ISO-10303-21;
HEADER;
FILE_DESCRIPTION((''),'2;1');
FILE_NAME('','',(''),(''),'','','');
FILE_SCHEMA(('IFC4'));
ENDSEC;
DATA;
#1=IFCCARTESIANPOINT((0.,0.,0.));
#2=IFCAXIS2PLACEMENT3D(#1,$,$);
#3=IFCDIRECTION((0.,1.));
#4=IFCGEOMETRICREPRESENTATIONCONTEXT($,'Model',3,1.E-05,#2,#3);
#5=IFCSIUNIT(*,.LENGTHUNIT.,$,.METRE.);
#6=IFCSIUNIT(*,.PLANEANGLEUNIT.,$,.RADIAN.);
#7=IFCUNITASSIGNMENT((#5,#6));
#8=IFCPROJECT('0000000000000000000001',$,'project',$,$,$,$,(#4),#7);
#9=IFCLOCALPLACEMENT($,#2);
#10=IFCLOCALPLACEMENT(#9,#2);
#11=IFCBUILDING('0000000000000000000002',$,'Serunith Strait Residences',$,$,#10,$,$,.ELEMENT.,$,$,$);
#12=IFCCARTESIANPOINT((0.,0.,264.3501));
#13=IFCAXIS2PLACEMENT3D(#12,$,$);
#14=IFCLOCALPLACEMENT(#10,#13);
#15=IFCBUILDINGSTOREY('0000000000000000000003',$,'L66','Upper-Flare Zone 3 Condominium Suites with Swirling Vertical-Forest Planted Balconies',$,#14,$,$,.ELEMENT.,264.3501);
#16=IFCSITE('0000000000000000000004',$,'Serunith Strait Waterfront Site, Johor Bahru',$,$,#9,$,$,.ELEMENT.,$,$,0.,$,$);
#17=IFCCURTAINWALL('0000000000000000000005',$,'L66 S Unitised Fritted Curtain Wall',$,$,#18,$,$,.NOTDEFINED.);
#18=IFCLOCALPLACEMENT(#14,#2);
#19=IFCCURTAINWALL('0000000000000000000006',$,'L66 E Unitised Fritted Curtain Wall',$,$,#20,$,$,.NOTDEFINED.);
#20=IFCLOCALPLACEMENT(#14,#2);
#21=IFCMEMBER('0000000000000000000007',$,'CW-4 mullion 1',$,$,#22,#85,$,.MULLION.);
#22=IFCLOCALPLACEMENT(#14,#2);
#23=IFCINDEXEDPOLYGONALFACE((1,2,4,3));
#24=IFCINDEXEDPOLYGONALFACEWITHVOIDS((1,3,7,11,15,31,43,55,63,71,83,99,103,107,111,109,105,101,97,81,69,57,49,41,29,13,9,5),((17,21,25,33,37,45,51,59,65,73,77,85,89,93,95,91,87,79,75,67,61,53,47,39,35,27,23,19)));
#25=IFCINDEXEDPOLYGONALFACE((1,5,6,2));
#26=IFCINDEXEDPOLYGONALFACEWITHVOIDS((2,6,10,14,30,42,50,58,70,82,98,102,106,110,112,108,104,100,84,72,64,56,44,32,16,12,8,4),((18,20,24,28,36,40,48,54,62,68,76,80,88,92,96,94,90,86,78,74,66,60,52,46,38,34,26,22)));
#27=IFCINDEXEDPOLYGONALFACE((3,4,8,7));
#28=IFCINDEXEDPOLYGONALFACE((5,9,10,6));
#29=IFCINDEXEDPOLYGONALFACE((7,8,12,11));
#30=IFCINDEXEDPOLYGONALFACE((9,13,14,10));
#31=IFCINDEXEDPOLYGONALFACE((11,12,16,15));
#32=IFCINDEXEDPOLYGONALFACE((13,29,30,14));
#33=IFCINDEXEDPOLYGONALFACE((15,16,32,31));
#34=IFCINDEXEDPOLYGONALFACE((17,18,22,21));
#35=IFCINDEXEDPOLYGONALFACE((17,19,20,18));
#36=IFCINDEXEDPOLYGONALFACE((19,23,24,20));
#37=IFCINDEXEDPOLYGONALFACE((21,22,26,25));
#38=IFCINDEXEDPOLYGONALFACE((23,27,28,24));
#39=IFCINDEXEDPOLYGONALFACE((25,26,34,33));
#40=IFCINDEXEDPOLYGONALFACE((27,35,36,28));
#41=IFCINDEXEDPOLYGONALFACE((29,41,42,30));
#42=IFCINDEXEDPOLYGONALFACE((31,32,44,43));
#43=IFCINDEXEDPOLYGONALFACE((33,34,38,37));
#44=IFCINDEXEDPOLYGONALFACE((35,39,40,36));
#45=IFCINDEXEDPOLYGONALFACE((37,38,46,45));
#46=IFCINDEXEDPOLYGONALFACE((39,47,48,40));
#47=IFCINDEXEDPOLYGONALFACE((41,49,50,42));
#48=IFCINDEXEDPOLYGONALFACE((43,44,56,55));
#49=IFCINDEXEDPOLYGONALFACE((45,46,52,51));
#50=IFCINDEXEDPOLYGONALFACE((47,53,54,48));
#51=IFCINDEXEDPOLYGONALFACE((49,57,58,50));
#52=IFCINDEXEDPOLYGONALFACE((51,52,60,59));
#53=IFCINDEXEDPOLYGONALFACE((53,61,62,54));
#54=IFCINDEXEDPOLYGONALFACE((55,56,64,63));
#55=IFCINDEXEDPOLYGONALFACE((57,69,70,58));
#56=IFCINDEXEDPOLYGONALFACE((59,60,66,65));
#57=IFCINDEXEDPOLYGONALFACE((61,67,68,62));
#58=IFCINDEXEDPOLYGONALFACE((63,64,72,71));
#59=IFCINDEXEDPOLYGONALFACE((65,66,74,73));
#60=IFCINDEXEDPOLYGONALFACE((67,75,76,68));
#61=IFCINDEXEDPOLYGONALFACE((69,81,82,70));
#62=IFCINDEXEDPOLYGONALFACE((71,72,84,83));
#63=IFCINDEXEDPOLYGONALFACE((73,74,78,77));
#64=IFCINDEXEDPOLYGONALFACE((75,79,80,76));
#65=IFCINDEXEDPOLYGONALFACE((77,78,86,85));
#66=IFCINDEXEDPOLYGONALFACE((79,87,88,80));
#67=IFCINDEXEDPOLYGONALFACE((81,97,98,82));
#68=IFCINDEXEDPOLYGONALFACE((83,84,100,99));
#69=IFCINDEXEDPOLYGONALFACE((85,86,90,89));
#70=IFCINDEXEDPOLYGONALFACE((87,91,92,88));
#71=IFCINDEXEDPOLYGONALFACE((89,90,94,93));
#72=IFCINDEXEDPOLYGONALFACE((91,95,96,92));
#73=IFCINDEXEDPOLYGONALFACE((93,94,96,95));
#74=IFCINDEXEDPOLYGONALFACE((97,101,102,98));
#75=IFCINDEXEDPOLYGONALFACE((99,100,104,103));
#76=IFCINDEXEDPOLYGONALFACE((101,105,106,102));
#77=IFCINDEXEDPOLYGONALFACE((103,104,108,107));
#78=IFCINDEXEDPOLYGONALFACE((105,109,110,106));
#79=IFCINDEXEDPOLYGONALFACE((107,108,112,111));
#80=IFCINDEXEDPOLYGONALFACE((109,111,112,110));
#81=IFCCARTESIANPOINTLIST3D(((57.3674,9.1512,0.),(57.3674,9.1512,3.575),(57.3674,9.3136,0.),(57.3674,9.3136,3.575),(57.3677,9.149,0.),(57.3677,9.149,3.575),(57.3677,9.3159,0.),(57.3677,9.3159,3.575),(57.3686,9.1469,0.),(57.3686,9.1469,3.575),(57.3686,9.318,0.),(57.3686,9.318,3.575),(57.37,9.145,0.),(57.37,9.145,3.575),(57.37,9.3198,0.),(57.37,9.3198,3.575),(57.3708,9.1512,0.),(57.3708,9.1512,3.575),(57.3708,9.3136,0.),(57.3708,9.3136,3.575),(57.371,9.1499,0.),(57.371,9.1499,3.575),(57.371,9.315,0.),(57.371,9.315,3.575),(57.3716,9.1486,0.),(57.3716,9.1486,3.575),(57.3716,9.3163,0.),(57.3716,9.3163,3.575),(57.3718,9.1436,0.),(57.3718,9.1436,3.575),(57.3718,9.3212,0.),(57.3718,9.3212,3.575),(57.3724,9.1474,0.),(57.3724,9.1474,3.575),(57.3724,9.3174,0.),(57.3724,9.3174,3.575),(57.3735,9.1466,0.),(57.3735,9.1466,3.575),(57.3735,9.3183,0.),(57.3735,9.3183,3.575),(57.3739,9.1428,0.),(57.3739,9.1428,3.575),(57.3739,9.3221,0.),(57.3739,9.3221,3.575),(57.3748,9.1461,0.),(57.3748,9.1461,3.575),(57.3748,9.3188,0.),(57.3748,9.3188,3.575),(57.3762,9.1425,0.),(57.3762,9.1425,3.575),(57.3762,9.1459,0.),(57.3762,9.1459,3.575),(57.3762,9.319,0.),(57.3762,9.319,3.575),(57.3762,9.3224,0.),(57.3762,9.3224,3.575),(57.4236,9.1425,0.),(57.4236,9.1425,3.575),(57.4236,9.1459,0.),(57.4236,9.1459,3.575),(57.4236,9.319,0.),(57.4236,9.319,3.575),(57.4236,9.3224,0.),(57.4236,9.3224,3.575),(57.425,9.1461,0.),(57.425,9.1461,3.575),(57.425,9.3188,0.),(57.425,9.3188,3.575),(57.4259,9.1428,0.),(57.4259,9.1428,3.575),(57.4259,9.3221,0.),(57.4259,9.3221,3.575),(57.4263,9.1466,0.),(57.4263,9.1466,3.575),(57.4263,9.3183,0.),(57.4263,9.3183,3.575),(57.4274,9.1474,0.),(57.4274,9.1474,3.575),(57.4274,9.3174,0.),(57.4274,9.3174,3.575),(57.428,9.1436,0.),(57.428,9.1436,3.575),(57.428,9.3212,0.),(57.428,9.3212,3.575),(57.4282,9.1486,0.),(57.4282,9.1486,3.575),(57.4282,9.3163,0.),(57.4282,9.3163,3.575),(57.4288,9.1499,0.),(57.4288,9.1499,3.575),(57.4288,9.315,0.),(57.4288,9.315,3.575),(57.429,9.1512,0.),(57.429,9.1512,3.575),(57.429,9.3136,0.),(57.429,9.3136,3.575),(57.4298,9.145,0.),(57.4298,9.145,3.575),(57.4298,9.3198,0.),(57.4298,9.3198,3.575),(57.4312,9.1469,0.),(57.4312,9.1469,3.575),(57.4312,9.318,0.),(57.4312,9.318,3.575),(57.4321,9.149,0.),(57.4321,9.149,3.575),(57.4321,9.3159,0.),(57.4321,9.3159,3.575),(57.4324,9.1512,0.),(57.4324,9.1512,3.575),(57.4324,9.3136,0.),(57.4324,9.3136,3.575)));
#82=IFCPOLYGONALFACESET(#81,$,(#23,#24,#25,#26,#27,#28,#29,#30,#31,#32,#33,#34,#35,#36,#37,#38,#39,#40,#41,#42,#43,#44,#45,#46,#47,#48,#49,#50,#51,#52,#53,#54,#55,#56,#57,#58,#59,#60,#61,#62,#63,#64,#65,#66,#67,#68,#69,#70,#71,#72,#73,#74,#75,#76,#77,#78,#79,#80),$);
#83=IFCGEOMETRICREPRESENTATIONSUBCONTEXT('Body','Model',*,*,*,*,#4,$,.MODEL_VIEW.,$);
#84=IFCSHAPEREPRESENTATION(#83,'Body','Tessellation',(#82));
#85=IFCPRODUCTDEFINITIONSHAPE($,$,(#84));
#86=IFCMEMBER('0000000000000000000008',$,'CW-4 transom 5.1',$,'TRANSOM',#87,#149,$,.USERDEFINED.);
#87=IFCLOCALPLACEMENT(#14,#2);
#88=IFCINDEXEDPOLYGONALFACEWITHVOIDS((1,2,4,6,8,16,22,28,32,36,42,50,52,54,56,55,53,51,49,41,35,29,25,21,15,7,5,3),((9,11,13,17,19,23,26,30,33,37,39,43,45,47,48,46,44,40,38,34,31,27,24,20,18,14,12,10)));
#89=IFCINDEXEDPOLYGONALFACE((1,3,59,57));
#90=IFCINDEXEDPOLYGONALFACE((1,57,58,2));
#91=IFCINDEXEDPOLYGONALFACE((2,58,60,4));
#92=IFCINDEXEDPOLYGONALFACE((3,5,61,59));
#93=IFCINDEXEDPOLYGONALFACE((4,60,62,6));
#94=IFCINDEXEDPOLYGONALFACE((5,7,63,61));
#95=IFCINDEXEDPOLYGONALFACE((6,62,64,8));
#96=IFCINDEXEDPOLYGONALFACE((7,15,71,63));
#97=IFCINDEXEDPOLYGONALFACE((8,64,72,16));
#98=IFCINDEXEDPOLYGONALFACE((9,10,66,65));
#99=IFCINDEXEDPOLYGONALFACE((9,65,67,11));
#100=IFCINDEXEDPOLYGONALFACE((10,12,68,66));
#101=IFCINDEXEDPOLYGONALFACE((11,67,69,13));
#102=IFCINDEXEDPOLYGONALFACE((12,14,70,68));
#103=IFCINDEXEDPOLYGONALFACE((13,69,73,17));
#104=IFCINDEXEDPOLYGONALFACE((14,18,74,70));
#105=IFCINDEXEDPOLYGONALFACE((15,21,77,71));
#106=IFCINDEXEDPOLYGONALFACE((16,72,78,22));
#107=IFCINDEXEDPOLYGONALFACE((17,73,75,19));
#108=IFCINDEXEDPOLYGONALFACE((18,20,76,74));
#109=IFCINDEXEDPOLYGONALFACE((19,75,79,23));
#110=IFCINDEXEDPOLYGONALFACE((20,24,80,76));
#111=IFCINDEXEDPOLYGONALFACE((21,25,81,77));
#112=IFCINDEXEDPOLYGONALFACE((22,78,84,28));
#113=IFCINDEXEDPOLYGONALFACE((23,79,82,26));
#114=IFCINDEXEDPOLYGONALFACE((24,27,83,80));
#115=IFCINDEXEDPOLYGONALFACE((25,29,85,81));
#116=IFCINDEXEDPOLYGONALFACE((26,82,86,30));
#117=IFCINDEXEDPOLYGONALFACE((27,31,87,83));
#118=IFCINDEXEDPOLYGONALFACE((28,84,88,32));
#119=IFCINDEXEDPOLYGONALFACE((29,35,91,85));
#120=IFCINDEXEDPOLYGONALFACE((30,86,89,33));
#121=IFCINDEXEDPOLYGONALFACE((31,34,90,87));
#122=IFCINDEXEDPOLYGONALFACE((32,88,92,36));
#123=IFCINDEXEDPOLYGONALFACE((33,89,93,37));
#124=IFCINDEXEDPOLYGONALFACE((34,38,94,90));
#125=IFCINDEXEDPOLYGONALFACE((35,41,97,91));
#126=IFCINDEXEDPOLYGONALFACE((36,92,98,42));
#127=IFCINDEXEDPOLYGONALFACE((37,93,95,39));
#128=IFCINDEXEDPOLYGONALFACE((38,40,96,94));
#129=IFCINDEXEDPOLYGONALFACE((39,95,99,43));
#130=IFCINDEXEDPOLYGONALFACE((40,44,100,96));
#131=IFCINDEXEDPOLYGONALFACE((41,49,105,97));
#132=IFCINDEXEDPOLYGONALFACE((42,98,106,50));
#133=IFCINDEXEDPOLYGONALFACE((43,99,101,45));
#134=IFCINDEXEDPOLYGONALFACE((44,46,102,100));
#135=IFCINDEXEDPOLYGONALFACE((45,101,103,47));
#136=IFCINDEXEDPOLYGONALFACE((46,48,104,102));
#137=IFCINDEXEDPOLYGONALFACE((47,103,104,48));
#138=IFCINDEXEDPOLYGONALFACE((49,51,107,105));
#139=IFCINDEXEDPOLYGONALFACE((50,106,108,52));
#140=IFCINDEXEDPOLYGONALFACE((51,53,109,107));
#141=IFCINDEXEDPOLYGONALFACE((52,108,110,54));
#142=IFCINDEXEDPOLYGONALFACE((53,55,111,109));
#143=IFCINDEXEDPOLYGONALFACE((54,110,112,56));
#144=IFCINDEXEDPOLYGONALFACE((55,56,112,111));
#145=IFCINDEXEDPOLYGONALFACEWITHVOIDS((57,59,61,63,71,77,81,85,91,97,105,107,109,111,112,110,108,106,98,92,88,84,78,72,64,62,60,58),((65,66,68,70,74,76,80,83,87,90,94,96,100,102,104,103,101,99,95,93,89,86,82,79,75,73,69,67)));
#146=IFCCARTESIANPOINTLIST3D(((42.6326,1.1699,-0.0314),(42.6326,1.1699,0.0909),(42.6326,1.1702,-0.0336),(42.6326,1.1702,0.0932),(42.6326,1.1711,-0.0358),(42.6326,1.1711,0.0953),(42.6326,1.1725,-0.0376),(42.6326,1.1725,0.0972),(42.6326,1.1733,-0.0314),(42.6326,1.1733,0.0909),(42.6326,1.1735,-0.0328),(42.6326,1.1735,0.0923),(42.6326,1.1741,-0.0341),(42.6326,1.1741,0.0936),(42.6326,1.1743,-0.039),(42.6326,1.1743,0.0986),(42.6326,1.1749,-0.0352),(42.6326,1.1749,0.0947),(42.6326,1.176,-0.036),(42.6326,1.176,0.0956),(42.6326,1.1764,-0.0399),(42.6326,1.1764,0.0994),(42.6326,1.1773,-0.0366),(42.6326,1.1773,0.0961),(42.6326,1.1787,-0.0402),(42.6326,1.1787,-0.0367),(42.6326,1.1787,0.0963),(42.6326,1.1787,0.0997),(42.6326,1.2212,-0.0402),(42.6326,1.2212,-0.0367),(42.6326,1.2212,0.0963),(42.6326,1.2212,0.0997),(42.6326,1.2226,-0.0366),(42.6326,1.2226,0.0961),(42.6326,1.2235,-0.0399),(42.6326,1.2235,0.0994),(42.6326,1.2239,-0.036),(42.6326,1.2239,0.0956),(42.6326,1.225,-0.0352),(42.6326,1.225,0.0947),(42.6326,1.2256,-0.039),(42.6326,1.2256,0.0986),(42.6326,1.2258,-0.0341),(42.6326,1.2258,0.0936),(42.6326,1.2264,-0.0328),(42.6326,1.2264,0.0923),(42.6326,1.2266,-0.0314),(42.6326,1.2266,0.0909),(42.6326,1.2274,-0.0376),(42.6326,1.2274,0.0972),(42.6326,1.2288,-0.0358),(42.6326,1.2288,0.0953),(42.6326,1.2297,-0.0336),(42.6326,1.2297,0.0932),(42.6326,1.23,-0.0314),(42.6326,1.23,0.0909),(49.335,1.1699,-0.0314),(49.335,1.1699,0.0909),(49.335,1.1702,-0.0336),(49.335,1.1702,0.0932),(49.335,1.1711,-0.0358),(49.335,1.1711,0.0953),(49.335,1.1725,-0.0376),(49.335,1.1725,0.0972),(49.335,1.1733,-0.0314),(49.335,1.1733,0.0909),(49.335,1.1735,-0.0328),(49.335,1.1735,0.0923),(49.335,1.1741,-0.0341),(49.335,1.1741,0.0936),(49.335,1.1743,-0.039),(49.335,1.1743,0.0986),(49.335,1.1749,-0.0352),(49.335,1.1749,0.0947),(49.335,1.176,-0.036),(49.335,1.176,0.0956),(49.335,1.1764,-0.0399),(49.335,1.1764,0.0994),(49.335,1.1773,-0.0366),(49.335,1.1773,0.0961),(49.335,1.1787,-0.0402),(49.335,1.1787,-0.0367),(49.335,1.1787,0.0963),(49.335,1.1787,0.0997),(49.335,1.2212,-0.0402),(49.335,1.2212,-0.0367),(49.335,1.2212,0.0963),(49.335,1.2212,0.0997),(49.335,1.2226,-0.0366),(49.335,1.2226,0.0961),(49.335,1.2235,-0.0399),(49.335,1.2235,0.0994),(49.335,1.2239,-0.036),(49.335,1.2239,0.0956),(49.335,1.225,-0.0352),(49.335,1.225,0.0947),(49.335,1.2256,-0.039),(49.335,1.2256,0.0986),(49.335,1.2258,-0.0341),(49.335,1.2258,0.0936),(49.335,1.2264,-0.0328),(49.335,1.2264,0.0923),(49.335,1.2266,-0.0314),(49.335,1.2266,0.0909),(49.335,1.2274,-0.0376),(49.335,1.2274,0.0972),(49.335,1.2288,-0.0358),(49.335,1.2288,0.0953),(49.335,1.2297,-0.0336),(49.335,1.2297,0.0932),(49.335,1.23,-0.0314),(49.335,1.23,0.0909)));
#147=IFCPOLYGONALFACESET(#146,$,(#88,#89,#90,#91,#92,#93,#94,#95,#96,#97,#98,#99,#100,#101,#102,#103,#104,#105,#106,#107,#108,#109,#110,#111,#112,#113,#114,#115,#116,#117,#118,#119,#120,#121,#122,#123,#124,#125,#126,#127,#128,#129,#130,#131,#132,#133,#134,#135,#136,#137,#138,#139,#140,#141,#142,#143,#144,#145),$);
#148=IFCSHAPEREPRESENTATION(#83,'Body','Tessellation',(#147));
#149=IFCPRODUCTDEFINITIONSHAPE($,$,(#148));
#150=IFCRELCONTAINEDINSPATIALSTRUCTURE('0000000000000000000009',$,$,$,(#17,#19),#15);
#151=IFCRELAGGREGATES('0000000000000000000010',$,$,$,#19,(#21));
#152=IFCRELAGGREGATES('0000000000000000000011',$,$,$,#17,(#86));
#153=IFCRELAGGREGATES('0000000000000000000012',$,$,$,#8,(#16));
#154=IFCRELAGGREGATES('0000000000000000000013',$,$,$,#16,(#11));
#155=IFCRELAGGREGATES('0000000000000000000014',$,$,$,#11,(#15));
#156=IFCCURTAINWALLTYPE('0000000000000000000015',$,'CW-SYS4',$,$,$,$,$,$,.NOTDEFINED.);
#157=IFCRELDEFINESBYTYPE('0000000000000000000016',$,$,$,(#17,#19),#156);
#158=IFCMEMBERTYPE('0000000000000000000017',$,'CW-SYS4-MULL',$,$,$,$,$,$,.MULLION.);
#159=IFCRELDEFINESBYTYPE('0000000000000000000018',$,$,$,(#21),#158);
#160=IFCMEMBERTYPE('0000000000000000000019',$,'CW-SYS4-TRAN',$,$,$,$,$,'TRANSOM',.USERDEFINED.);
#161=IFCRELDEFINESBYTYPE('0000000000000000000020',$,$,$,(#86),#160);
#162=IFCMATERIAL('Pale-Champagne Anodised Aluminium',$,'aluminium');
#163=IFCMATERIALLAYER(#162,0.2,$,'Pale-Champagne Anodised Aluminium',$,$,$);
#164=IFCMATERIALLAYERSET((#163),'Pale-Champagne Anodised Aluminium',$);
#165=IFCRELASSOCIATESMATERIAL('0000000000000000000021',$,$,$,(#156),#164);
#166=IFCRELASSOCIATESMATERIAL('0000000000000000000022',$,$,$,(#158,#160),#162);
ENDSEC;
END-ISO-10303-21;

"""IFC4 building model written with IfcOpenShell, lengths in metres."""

from ifc_helpers import new_model, si_unit, direction, frame, origin, origin_2d, place, context, subcontext, project, spatial, hollow_rectangle, extrude, source, transform, mapped, material, layer, layer_set, material_profile, profile_set, type_object, element, aggregate, save


model = new_model("IFC4")

# Units and contexts
model_context = context("Model", 3, precision=1e-05, world=origin(), true_north=direction((0.0, 1.0)))
body_context = subcontext(model_context, "Body", "Model", "MODEL_VIEW")
ifc_project = project(units=[si_unit("LENGTHUNIT", "METRE"), si_unit("PLANEANGLEUNIT", "RADIAN")], contexts=[model_context])

# Site, building, storey
site_placement = place(None, origin())
site = spatial("IfcSite", under=ifc_project, at=site_placement, Name="Serunith Strait Waterfront Site, Johor Bahru", CompositionType="ELEMENT", RefElevation=0.0)
building_placement = place(site_placement, origin())
building = spatial("IfcBuilding", under=site, at=building_placement, Name="Serunith Strait Residences", CompositionType="ELEMENT")
storey_placement = place(building_placement, frame((0.0, 0.0, 264.3501)))
storey = spatial("IfcBuildingStorey", under=building, at=storey_placement, Name="L66", Description="Upper-Flare Zone 3 Condominium Suites with Swirling Vertical-Forest Planted Balconies", CompositionType="ELEMENT", Elevation=264.3501)

# Curtain wall
ifc_material_1 = material(Name="Pale-Champagne Anodised Aluminium", Category="aluminium")
ifc_layer_1 = layer(ifc_material_1, 0.2, Name="Pale-Champagne Anodised Aluminium")
ifc_layer_set_1 = layer_set([ifc_layer_1], Name="Pale-Champagne Anodised Aluminium")
curtain_wall_type = type_object("IfcCurtainWallType", Name="CW-SYS4", PredefinedType="NOTDEFINED", material=ifc_layer_set_1)
curtain_wall_1_placement = place(storey_placement, origin())
curtain_wall_1 = element("IfcCurtainWall", 1, at=curtain_wall_1_placement, inside=storey, type_object=curtain_wall_type, Name="L66 S Unitised Fritted Curtain Wall", PredefinedType="NOTDEFINED")
ifc_material_profile_1 = material_profile(ifc_material_1, hollow_rectangle(XDim=0.0649, YDim=0.1799, WallThickness=0.0034, InnerFilletRadius=0.0054, OuterFilletRadius=0.0088, at=origin_2d()), Name="ALU 180x65x3.5")
ifc_profile_set_1 = profile_set([ifc_material_profile_1], Name="Pale-Champagne Anodised Aluminium")
member_type_1 = type_object("IfcMemberType", Name="CW-SYS4-MULL", PredefinedType="MULLION", material=ifc_profile_set_1)
shared_shape_1 = source(origin(), body_context, "Body", "SweptSolid", [
    extrude(hollow_rectangle(XDim=0.0649, YDim=0.1799, WallThickness=0.0034, InnerFilletRadius=0.0054, OuterFilletRadius=0.0088, at=origin_2d()), origin(), (0.0, 0.0, 1.0), 3.575),
])

# Curtain wall, member
curtain_wall_2_placement = place(storey_placement, origin())
curtain_wall_2 = element("IfcCurtainWall", 2, at=curtain_wall_2_placement, inside=storey, type_object=curtain_wall_type, Name="L66 E Unitised Fritted Curtain Wall", PredefinedType="NOTDEFINED")
member_1_placement = place(storey_placement, frame((57.3999, 9.2324, 0.0), z_axis=(0.0, 0.0, 1.0), x_axis=(-1.0, 0.0, 0.0)))
member_1 = element("IfcMember", 3, at=member_1_placement, type_object=member_type_1, Name="CW-4 mullion 1", PredefinedType="MULLION", context=body_context, shape_type="MappedRepresentation", body=[
    mapped(shared_shape_1, transform((0.0, 0.0, 0.0), scale=1.0)),
])

# Member
ifc_material_profile_2 = material_profile(ifc_material_1, hollow_rectangle(XDim=0.0601, YDim=0.1399, WallThickness=0.0034, InnerFilletRadius=0.0054, OuterFilletRadius=0.0088, at=origin_2d()), Name="ALU 140x60x3.5")
ifc_profile_set_2 = profile_set([ifc_material_profile_2], Name="Pale-Champagne Anodised Aluminium")
member_type_2 = type_object("IfcMemberType", Name="CW-SYS4-TRAN", ElementType="TRANSOM", PredefinedType="USERDEFINED", material=ifc_profile_set_2)
shared_shape_2 = source(origin(), body_context, "Body", "SweptSolid", [
    extrude(hollow_rectangle(XDim=0.0601, YDim=0.1399, WallThickness=0.0034, InnerFilletRadius=0.0054, OuterFilletRadius=0.0088, at=origin_2d()), origin(), (0.0, 0.0, 1.0), 6.7024),
])
member_2_placement = place(storey_placement, frame((42.6326, 1.2, 0.0298), z_axis=(1.0, 0.0, 0.0), x_axis=(0.0, 1.0, 0.0)))
member_2 = element("IfcMember", 4, at=member_2_placement, type_object=member_type_2, Name="CW-4 transom 5.1", ObjectType="TRANSOM", PredefinedType="USERDEFINED", context=body_context, shape_type="MappedRepresentation", body=[
    mapped(shared_shape_2, transform((0.0, 0.0, 0.0), scale=1.0)),
])
aggregate(curtain_wall_2, [member_1])

aggregate(curtain_wall_1, [member_2])

save(model, "model.ifc")
